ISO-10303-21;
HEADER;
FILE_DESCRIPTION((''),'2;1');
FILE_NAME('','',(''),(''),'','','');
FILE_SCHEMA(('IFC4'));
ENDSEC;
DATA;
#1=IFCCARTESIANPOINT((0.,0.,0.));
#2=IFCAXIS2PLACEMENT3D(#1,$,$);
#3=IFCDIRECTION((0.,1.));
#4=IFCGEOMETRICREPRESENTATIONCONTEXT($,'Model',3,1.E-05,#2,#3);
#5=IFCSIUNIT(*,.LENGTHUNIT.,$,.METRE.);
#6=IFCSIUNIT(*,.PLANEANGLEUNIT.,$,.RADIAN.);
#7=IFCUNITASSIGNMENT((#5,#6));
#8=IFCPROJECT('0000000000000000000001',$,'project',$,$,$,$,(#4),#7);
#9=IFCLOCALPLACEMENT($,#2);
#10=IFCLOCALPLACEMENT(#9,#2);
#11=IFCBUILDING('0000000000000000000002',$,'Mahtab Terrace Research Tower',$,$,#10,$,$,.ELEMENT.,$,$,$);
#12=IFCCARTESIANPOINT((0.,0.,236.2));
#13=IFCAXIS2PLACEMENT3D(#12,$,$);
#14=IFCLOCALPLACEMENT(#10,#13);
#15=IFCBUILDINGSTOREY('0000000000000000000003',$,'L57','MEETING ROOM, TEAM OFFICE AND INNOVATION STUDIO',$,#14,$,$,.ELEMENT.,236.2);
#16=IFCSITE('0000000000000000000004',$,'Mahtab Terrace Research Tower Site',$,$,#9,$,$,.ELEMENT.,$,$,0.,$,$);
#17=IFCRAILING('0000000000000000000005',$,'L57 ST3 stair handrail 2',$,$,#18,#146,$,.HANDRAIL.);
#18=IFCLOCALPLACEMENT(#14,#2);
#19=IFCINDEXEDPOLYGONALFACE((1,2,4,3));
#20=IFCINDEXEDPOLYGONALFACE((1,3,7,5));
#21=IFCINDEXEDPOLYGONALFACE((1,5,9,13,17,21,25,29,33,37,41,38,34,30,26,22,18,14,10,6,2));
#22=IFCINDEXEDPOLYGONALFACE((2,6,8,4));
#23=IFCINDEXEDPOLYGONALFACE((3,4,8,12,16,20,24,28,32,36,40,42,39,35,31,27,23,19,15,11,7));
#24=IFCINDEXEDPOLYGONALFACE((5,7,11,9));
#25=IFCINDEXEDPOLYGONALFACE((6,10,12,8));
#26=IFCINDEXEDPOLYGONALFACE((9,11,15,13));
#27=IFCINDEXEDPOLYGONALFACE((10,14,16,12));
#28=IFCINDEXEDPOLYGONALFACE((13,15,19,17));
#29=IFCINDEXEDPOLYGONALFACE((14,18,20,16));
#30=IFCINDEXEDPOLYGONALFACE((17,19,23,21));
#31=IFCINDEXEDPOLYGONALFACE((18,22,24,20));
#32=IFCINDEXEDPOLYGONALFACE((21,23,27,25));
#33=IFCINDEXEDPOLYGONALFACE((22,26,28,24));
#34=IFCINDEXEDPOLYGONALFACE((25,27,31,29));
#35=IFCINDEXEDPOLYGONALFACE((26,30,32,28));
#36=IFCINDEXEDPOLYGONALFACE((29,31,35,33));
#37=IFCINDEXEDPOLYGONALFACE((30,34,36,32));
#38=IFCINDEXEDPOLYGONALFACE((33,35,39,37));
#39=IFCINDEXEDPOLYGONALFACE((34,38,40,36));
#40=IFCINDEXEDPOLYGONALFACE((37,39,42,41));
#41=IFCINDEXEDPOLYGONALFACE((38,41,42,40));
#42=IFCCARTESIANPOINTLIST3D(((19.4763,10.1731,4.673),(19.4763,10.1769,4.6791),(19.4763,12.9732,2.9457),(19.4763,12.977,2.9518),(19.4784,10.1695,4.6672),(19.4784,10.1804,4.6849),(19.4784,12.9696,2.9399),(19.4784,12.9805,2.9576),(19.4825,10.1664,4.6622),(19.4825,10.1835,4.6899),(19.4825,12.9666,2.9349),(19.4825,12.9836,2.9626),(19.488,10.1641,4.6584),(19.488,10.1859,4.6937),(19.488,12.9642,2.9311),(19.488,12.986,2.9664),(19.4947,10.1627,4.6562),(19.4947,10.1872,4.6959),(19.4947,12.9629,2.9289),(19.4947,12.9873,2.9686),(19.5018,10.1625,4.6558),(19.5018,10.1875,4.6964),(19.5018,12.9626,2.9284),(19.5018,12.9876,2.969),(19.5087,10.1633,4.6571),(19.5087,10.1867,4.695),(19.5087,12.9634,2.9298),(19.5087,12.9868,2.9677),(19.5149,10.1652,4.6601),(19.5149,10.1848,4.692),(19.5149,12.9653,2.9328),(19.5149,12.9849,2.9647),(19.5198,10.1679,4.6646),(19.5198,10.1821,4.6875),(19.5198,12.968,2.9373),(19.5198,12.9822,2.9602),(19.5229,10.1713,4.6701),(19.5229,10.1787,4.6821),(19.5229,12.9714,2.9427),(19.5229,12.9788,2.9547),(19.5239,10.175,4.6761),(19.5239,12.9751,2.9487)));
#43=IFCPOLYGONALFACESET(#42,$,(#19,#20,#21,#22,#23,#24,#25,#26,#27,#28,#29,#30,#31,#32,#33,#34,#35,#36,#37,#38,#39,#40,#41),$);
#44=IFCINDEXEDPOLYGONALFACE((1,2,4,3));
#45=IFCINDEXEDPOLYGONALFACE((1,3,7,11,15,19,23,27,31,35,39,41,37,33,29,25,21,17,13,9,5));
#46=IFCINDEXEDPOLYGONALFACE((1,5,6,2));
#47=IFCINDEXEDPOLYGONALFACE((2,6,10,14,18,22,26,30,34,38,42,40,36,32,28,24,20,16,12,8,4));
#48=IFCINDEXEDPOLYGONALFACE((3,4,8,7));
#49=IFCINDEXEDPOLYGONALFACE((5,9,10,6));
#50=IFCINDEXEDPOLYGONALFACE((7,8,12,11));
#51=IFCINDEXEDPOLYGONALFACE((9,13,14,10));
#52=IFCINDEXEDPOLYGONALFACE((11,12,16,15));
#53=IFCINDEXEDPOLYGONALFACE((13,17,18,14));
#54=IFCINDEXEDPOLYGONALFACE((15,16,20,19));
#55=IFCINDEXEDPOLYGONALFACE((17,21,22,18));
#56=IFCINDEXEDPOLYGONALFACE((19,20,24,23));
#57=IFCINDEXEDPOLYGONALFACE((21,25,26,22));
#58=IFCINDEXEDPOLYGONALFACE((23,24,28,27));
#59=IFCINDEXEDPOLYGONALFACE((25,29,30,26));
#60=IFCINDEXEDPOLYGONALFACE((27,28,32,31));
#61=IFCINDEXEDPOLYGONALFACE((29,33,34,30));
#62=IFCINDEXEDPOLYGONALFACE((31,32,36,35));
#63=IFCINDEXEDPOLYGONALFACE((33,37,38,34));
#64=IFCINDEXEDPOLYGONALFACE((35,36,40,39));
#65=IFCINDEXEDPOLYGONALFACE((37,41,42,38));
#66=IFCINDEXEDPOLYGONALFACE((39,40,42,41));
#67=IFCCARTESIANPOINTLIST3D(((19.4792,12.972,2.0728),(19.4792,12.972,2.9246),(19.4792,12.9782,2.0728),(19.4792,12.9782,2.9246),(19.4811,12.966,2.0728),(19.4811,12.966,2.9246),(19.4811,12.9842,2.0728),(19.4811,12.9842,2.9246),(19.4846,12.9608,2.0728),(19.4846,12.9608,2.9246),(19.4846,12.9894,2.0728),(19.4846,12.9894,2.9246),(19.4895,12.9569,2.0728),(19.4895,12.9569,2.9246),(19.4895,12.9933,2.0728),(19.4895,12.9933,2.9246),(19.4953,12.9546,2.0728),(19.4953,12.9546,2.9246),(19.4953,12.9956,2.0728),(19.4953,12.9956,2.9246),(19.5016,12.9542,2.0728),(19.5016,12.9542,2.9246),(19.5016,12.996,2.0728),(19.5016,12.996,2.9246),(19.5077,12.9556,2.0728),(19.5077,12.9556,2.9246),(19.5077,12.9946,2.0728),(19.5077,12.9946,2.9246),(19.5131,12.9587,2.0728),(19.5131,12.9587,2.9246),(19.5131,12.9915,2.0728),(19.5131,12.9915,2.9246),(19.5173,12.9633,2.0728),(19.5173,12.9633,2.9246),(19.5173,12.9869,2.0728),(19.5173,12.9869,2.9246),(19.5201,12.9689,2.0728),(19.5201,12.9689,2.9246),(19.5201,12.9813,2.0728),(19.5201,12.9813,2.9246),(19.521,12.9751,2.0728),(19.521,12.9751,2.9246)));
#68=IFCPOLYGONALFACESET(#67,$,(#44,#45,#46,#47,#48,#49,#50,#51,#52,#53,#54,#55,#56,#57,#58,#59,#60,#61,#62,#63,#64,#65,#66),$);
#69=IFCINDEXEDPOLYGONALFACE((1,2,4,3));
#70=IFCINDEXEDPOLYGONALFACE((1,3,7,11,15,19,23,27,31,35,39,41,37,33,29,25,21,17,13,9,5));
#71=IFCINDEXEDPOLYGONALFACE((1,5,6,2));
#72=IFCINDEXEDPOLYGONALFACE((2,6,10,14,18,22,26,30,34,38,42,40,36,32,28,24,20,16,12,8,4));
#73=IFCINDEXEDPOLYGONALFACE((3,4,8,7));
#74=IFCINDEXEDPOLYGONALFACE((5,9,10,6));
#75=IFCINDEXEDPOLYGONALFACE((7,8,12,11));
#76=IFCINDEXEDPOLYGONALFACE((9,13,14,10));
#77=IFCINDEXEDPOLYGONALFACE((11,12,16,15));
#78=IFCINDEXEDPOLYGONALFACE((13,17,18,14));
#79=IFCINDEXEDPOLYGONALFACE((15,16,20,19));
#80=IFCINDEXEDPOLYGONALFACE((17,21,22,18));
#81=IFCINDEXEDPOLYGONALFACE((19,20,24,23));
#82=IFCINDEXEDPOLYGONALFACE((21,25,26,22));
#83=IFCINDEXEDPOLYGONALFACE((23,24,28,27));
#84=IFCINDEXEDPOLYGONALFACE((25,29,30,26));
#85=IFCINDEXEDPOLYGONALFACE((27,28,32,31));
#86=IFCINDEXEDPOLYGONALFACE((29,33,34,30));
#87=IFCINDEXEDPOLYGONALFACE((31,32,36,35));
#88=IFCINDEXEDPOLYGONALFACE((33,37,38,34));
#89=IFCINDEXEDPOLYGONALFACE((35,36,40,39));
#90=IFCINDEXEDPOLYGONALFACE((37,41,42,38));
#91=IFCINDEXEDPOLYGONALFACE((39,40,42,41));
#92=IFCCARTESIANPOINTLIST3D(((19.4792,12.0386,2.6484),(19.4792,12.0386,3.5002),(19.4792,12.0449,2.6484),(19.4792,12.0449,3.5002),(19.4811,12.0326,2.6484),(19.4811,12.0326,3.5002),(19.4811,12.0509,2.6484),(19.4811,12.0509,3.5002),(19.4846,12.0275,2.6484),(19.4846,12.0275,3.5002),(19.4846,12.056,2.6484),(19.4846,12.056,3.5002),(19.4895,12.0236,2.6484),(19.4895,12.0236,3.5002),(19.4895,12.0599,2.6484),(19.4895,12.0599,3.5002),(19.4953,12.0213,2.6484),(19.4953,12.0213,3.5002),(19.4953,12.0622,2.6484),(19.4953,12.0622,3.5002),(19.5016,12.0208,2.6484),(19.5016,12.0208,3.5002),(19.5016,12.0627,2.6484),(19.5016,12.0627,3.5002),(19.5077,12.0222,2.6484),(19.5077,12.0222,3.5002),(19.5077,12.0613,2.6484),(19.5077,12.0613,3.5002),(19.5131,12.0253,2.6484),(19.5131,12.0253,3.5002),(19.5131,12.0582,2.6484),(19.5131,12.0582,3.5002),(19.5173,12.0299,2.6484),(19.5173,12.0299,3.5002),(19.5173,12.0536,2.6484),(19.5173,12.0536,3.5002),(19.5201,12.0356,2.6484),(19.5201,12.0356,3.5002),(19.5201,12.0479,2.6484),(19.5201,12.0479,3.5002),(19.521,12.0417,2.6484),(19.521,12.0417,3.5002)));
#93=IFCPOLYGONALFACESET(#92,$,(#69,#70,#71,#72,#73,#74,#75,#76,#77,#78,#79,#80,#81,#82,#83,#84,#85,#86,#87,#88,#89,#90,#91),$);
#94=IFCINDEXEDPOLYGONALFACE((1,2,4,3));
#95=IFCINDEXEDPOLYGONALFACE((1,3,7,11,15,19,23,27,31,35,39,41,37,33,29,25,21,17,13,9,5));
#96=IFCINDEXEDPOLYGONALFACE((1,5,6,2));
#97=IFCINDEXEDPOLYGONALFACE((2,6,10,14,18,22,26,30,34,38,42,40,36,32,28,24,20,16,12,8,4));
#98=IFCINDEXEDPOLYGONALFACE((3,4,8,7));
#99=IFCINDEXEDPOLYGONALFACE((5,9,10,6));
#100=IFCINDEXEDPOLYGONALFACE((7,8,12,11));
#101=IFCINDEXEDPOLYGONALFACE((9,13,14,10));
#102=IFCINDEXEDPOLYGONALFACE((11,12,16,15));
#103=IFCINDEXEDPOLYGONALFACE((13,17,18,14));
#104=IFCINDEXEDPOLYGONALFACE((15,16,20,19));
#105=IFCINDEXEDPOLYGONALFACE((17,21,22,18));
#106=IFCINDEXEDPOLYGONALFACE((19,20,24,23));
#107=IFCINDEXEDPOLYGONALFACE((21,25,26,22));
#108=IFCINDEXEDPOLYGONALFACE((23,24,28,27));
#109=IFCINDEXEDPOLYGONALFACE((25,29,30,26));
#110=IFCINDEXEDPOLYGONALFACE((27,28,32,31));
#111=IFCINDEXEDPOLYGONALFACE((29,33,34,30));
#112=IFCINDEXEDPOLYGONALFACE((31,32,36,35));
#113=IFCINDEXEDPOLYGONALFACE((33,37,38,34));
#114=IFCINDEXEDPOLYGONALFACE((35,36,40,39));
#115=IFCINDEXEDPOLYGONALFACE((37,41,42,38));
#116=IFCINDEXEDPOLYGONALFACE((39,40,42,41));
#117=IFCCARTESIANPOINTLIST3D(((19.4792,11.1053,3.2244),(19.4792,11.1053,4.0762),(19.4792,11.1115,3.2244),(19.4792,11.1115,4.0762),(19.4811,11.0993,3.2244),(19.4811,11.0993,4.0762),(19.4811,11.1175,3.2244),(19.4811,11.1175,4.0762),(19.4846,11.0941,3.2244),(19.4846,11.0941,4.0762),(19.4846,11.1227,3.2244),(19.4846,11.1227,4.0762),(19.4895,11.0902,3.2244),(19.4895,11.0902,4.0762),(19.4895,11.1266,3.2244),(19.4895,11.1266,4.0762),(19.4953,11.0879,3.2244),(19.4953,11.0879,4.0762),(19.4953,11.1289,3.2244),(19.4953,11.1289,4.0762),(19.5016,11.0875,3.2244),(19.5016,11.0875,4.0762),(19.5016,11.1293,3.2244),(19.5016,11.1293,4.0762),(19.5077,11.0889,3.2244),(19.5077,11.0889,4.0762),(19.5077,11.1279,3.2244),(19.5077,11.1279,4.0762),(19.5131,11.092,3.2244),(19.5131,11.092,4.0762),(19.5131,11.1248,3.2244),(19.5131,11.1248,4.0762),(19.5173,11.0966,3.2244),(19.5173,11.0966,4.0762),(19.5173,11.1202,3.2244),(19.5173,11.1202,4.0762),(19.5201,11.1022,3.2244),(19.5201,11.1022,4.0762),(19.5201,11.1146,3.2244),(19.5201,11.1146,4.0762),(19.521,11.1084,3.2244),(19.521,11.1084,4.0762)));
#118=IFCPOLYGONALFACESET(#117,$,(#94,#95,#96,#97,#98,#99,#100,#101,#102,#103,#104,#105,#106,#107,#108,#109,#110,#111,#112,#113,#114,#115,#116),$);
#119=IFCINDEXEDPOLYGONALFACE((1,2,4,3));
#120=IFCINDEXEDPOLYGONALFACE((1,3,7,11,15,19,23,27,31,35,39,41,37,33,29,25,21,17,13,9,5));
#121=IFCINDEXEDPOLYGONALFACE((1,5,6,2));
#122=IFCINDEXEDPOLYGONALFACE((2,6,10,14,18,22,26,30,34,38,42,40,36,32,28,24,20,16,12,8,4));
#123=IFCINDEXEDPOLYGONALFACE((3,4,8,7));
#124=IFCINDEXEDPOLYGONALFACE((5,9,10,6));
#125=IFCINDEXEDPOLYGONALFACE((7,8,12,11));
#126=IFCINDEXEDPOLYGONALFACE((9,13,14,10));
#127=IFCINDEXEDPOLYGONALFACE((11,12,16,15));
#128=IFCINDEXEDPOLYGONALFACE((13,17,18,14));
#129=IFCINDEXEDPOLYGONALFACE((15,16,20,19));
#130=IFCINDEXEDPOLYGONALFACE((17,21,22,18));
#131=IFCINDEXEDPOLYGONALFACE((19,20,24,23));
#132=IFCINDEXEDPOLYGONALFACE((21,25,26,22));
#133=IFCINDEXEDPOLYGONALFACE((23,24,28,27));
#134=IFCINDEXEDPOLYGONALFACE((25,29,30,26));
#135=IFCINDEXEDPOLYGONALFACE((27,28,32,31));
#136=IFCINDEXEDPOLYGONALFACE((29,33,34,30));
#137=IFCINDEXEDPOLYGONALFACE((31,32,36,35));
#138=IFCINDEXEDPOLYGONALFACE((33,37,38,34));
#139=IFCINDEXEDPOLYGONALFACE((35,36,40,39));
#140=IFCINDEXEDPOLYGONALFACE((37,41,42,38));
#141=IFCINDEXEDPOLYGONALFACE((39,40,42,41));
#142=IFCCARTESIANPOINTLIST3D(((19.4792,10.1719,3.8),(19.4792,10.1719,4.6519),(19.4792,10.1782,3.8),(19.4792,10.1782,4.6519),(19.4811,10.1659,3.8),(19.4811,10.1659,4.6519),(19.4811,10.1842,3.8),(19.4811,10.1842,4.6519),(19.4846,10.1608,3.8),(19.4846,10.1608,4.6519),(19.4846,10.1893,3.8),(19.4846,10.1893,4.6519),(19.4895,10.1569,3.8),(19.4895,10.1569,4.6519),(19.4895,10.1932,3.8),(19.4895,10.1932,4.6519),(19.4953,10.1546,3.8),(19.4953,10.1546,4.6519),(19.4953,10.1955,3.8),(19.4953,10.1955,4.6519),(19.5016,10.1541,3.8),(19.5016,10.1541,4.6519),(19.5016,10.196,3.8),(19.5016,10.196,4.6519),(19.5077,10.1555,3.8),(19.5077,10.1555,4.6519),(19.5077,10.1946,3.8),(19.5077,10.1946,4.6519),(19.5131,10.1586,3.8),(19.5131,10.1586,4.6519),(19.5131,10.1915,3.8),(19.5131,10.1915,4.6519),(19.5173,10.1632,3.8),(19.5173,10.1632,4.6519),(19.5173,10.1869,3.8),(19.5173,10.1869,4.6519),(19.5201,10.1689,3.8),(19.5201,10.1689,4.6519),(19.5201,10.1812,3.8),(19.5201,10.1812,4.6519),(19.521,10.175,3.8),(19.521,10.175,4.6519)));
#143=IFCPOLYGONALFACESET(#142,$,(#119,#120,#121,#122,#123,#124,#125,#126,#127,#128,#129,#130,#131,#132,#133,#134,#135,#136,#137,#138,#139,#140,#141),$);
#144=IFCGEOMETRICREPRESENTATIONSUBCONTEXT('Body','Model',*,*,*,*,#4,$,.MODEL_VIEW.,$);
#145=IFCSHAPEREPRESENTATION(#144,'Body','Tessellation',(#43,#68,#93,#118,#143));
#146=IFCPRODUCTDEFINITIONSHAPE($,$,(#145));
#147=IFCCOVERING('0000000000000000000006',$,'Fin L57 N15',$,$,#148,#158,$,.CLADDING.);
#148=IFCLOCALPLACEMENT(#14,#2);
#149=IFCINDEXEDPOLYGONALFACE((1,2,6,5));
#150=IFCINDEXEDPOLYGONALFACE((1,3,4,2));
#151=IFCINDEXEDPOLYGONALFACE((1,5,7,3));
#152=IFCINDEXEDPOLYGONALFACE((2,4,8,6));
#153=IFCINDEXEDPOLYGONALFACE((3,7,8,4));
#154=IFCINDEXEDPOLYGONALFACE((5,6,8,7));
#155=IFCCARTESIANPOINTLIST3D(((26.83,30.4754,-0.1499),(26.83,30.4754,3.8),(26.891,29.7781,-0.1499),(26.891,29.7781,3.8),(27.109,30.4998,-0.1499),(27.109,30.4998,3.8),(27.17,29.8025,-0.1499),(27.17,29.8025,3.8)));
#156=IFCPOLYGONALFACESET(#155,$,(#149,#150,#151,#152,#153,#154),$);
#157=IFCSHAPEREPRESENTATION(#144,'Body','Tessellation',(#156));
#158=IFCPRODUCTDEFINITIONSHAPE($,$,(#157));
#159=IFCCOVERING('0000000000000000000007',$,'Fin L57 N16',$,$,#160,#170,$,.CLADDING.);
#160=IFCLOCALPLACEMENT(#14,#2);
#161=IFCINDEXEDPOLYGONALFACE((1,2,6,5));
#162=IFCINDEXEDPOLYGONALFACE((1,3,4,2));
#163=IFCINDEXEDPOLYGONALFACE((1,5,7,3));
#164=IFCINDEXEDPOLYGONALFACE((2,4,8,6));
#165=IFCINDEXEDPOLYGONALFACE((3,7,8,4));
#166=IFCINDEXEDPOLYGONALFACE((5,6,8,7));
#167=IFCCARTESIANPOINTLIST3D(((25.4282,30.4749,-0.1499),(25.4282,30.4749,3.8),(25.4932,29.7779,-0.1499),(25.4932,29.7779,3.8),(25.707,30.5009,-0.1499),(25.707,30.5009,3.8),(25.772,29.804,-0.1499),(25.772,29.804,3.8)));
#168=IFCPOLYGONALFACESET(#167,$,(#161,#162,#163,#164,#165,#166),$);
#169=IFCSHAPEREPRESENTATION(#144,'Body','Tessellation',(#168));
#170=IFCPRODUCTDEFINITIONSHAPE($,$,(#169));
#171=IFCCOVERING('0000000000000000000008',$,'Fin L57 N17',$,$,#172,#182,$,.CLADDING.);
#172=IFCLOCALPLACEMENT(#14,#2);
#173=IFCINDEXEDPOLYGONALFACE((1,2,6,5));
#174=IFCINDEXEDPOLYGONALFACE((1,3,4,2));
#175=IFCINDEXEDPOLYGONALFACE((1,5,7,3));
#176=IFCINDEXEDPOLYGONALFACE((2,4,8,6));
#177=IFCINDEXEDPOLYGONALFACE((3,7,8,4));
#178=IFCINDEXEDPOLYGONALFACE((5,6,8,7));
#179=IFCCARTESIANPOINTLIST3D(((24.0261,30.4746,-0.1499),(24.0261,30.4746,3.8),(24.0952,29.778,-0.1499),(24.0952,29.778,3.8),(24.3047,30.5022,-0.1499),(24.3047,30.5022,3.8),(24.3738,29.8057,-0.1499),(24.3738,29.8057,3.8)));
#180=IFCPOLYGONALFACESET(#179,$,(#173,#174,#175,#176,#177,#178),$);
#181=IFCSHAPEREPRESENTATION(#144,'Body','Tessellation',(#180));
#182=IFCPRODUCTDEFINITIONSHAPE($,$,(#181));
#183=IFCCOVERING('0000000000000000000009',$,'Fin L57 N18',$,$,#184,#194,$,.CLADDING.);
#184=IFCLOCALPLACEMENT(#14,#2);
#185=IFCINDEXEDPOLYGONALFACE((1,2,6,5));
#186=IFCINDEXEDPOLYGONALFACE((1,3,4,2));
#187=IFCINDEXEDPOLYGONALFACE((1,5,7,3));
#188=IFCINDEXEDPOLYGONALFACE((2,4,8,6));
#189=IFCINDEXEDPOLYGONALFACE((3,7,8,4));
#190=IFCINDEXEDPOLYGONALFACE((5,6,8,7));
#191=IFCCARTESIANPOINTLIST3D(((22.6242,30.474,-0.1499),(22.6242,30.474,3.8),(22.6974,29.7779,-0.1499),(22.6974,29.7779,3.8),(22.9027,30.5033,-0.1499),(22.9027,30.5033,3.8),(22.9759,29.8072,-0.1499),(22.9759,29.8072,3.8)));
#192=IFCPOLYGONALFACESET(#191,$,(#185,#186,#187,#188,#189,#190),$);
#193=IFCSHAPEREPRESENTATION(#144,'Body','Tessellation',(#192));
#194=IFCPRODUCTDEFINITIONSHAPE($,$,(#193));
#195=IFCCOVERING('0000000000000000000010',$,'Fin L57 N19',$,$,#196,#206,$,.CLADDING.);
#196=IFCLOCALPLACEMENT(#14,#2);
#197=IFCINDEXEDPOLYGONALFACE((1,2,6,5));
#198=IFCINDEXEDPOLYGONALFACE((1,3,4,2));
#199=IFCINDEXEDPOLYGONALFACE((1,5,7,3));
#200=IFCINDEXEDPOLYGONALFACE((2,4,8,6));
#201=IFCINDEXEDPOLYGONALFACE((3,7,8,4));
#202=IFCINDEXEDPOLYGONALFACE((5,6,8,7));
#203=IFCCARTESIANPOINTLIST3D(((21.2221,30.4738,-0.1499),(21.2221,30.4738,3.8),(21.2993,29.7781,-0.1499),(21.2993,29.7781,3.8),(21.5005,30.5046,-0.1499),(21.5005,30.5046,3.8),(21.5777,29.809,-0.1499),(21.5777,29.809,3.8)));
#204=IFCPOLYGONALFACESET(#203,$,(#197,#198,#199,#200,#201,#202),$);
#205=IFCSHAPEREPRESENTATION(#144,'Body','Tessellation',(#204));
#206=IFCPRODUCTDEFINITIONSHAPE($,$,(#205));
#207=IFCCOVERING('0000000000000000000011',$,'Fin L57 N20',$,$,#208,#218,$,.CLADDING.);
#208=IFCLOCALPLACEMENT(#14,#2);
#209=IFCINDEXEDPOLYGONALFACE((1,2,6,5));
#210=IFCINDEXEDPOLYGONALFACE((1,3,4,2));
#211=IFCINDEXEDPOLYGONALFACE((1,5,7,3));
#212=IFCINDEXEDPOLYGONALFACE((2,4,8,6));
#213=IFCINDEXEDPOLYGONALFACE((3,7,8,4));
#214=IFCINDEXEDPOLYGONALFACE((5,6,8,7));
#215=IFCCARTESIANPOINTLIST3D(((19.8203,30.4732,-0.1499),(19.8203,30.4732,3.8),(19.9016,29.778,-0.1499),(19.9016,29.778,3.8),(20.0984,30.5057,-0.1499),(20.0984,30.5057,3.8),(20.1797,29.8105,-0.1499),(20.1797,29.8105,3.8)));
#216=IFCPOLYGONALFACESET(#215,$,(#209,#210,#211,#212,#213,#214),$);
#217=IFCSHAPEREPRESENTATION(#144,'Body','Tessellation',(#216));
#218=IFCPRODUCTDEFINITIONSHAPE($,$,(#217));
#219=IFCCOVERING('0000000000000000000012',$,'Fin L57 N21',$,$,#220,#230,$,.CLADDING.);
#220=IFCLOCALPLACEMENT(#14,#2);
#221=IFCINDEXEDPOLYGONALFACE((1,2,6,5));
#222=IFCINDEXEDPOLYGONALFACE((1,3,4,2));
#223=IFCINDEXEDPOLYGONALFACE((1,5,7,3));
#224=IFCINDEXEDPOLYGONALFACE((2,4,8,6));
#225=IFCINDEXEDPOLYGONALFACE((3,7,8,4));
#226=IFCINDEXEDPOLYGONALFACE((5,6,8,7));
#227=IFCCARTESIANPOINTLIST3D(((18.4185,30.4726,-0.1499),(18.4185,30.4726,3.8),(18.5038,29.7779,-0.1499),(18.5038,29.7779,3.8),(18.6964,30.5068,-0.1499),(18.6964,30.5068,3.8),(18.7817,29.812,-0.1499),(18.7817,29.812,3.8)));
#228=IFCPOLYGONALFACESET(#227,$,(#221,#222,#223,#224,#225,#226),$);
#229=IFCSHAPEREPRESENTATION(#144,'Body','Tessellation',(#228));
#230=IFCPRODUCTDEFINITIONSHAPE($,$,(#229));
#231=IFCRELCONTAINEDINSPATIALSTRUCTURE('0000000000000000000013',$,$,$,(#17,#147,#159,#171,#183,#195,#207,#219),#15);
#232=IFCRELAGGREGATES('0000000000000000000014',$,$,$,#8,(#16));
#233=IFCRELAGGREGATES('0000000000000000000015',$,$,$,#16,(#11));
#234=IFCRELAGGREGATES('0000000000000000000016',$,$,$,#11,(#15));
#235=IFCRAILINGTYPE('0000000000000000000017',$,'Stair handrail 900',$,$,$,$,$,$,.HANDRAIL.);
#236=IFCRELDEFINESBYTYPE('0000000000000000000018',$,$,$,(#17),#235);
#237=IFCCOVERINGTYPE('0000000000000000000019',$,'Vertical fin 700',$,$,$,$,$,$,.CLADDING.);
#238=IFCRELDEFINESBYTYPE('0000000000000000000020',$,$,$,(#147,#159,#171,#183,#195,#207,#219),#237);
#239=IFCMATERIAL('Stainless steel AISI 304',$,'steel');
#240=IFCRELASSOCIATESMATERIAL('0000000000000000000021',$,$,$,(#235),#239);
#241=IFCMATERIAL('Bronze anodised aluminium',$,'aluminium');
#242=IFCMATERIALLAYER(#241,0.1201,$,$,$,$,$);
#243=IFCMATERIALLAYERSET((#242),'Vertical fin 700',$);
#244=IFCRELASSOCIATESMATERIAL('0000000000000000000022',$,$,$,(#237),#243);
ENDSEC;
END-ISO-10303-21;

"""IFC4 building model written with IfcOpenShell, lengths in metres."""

from ifc_helpers import new_model, si_unit, direction, frame, origin, origin_2d, place, context, subcontext, project, spatial, rectangle, circle, extrude, material, layer, layer_set, type_object, element, save


model = new_model("IFC4")

# Units and contexts
model_context = context("Model", 3, precision=1e-05, world=origin(), true_north=direction((0.0, 1.0)))
body_context = subcontext(model_context, "Body", "Model", "MODEL_VIEW")
ifc_project = project(units=[si_unit("LENGTHUNIT", "METRE"), si_unit("PLANEANGLEUNIT", "RADIAN")], contexts=[model_context])

# Site, building, storey
site_placement = place(None, origin())
site = spatial("IfcSite", under=ifc_project, at=site_placement, Name="Mahtab Terrace Research Tower Site", CompositionType="ELEMENT", RefElevation=0.0)
building_placement = place(site_placement, origin())
building = spatial("IfcBuilding", under=site, at=building_placement, Name="Mahtab Terrace Research Tower", CompositionType="ELEMENT")
storey_placement = place(building_placement, frame((0.0, 0.0, 236.2)))
storey = spatial("IfcBuildingStorey", under=building, at=storey_placement, Name="L57", Description="MEETING ROOM, TEAM OFFICE AND INNOVATION STUDIO", CompositionType="ELEMENT", Elevation=236.2)

# Shared definitions
ifc_material_1 = material(Name="Stainless steel AISI 304", Category="steel")

# Railing
railing_type_1 = type_object("IfcRailingType", Name="Stair handrail 900", PredefinedType="HANDRAIL", material=ifc_material_1)
railing_1_placement = place(storey_placement, frame((19.5, 12.9751, 2.0728)))
element("IfcRailing", 1, at=railing_1_placement, inside=storey, type_object=railing_type_1, Name="L57 ST3 stair handrail 2", PredefinedType="HANDRAIL", context=body_context, shape_type="SweptSolid", body=[
    extrude(circle(Radius=0.0239, at=origin_2d()), frame((0.0, 0.0, 0.876), z_axis=(0.0, -0.85109, 0.52502), x_axis=(1.0, 0.0, 0.0)), (0.0, 0.0, 1.0), 3.29),
    extrude(circle(Radius=0.021, at=origin_2d()), origin(), (0.0, 0.0, 1.0), 0.8518),
    extrude(circle(Radius=0.021, at=origin_2d()), frame((0.0, -0.9333, 0.5757)), (0.0, 0.0, 1.0), 0.8518),
    extrude(circle(Radius=0.021, at=origin_2d()), frame((0.0, -1.8667, 1.1516)), (0.0, 0.0, 1.0), 0.8518),
    extrude(circle(Radius=0.021, at=origin_2d()), frame((0.0, -2.8, 1.7273)), (0.0, 0.0, 1.0), 0.8518),
])

# Coverings
ifc_material_2 = material(Name="Bronze anodised aluminium", Category="aluminium")
ifc_layer_1 = layer(ifc_material_2, 0.1201)
ifc_layer_set_1 = layer_set([ifc_layer_1], Name="Vertical fin 700")
covering_type = type_object("IfcCoveringType", Name="Vertical fin 700", PredefinedType="CLADDING", material=ifc_layer_set_1)
for number, where, z_axis, x_axis, name in (
    (2, (27.0, 30.1389, -0.1499), (0.0, 0.0, 1.0), (-0.996195, -0.087156, 0.0), "Fin L57 N15"),
    (3, (25.6001, 30.1394, -0.1499), (0.0, 0.0, 1.0), (-0.995671, -0.09295, 0.0), "Fin L57 N16"),
    (4, (24.2, 30.1401, -0.1499), (0.0, 0.0, 1.0), (-0.995113, -0.098741, 0.0), "Fin L57 N17"),
    (5, (22.8, 30.1406, -0.1499), (0.0, 0.0, 1.0), (-0.994522, -0.104528, 0.0), "Fin L57 N18"),
    (6, (21.3999, 30.1414, -0.1499), (0.0, 0.0, 1.0), (-0.993897, -0.110313, 0.0), "Fin L57 N19"),
    (7, (20.0, 30.1418, -0.1499), (0.0, 0.0, 1.0), (-0.993238, -0.116093, 0.0), "Fin L57 N20"),
    (8, (18.6001, 30.1423, -0.1499), (0.0, 0.0, 1.0), (-0.992546, -0.121869, 0.0), "Fin L57 N21"),
):
    element("IfcCovering", number, at=place(storey_placement, frame(where, z_axis=z_axis, x_axis=x_axis)), inside=storey, type_object=covering_type, Name=name, PredefinedType="CLADDING", context=body_context, shape_type="SweptSolid", body=[
        extrude(rectangle(XDim=0.28, YDim=0.7, at=origin_2d()), origin(), (0.0, 0.0, 1.0), 3.95),
    ])

save(model, "model.ifc")
